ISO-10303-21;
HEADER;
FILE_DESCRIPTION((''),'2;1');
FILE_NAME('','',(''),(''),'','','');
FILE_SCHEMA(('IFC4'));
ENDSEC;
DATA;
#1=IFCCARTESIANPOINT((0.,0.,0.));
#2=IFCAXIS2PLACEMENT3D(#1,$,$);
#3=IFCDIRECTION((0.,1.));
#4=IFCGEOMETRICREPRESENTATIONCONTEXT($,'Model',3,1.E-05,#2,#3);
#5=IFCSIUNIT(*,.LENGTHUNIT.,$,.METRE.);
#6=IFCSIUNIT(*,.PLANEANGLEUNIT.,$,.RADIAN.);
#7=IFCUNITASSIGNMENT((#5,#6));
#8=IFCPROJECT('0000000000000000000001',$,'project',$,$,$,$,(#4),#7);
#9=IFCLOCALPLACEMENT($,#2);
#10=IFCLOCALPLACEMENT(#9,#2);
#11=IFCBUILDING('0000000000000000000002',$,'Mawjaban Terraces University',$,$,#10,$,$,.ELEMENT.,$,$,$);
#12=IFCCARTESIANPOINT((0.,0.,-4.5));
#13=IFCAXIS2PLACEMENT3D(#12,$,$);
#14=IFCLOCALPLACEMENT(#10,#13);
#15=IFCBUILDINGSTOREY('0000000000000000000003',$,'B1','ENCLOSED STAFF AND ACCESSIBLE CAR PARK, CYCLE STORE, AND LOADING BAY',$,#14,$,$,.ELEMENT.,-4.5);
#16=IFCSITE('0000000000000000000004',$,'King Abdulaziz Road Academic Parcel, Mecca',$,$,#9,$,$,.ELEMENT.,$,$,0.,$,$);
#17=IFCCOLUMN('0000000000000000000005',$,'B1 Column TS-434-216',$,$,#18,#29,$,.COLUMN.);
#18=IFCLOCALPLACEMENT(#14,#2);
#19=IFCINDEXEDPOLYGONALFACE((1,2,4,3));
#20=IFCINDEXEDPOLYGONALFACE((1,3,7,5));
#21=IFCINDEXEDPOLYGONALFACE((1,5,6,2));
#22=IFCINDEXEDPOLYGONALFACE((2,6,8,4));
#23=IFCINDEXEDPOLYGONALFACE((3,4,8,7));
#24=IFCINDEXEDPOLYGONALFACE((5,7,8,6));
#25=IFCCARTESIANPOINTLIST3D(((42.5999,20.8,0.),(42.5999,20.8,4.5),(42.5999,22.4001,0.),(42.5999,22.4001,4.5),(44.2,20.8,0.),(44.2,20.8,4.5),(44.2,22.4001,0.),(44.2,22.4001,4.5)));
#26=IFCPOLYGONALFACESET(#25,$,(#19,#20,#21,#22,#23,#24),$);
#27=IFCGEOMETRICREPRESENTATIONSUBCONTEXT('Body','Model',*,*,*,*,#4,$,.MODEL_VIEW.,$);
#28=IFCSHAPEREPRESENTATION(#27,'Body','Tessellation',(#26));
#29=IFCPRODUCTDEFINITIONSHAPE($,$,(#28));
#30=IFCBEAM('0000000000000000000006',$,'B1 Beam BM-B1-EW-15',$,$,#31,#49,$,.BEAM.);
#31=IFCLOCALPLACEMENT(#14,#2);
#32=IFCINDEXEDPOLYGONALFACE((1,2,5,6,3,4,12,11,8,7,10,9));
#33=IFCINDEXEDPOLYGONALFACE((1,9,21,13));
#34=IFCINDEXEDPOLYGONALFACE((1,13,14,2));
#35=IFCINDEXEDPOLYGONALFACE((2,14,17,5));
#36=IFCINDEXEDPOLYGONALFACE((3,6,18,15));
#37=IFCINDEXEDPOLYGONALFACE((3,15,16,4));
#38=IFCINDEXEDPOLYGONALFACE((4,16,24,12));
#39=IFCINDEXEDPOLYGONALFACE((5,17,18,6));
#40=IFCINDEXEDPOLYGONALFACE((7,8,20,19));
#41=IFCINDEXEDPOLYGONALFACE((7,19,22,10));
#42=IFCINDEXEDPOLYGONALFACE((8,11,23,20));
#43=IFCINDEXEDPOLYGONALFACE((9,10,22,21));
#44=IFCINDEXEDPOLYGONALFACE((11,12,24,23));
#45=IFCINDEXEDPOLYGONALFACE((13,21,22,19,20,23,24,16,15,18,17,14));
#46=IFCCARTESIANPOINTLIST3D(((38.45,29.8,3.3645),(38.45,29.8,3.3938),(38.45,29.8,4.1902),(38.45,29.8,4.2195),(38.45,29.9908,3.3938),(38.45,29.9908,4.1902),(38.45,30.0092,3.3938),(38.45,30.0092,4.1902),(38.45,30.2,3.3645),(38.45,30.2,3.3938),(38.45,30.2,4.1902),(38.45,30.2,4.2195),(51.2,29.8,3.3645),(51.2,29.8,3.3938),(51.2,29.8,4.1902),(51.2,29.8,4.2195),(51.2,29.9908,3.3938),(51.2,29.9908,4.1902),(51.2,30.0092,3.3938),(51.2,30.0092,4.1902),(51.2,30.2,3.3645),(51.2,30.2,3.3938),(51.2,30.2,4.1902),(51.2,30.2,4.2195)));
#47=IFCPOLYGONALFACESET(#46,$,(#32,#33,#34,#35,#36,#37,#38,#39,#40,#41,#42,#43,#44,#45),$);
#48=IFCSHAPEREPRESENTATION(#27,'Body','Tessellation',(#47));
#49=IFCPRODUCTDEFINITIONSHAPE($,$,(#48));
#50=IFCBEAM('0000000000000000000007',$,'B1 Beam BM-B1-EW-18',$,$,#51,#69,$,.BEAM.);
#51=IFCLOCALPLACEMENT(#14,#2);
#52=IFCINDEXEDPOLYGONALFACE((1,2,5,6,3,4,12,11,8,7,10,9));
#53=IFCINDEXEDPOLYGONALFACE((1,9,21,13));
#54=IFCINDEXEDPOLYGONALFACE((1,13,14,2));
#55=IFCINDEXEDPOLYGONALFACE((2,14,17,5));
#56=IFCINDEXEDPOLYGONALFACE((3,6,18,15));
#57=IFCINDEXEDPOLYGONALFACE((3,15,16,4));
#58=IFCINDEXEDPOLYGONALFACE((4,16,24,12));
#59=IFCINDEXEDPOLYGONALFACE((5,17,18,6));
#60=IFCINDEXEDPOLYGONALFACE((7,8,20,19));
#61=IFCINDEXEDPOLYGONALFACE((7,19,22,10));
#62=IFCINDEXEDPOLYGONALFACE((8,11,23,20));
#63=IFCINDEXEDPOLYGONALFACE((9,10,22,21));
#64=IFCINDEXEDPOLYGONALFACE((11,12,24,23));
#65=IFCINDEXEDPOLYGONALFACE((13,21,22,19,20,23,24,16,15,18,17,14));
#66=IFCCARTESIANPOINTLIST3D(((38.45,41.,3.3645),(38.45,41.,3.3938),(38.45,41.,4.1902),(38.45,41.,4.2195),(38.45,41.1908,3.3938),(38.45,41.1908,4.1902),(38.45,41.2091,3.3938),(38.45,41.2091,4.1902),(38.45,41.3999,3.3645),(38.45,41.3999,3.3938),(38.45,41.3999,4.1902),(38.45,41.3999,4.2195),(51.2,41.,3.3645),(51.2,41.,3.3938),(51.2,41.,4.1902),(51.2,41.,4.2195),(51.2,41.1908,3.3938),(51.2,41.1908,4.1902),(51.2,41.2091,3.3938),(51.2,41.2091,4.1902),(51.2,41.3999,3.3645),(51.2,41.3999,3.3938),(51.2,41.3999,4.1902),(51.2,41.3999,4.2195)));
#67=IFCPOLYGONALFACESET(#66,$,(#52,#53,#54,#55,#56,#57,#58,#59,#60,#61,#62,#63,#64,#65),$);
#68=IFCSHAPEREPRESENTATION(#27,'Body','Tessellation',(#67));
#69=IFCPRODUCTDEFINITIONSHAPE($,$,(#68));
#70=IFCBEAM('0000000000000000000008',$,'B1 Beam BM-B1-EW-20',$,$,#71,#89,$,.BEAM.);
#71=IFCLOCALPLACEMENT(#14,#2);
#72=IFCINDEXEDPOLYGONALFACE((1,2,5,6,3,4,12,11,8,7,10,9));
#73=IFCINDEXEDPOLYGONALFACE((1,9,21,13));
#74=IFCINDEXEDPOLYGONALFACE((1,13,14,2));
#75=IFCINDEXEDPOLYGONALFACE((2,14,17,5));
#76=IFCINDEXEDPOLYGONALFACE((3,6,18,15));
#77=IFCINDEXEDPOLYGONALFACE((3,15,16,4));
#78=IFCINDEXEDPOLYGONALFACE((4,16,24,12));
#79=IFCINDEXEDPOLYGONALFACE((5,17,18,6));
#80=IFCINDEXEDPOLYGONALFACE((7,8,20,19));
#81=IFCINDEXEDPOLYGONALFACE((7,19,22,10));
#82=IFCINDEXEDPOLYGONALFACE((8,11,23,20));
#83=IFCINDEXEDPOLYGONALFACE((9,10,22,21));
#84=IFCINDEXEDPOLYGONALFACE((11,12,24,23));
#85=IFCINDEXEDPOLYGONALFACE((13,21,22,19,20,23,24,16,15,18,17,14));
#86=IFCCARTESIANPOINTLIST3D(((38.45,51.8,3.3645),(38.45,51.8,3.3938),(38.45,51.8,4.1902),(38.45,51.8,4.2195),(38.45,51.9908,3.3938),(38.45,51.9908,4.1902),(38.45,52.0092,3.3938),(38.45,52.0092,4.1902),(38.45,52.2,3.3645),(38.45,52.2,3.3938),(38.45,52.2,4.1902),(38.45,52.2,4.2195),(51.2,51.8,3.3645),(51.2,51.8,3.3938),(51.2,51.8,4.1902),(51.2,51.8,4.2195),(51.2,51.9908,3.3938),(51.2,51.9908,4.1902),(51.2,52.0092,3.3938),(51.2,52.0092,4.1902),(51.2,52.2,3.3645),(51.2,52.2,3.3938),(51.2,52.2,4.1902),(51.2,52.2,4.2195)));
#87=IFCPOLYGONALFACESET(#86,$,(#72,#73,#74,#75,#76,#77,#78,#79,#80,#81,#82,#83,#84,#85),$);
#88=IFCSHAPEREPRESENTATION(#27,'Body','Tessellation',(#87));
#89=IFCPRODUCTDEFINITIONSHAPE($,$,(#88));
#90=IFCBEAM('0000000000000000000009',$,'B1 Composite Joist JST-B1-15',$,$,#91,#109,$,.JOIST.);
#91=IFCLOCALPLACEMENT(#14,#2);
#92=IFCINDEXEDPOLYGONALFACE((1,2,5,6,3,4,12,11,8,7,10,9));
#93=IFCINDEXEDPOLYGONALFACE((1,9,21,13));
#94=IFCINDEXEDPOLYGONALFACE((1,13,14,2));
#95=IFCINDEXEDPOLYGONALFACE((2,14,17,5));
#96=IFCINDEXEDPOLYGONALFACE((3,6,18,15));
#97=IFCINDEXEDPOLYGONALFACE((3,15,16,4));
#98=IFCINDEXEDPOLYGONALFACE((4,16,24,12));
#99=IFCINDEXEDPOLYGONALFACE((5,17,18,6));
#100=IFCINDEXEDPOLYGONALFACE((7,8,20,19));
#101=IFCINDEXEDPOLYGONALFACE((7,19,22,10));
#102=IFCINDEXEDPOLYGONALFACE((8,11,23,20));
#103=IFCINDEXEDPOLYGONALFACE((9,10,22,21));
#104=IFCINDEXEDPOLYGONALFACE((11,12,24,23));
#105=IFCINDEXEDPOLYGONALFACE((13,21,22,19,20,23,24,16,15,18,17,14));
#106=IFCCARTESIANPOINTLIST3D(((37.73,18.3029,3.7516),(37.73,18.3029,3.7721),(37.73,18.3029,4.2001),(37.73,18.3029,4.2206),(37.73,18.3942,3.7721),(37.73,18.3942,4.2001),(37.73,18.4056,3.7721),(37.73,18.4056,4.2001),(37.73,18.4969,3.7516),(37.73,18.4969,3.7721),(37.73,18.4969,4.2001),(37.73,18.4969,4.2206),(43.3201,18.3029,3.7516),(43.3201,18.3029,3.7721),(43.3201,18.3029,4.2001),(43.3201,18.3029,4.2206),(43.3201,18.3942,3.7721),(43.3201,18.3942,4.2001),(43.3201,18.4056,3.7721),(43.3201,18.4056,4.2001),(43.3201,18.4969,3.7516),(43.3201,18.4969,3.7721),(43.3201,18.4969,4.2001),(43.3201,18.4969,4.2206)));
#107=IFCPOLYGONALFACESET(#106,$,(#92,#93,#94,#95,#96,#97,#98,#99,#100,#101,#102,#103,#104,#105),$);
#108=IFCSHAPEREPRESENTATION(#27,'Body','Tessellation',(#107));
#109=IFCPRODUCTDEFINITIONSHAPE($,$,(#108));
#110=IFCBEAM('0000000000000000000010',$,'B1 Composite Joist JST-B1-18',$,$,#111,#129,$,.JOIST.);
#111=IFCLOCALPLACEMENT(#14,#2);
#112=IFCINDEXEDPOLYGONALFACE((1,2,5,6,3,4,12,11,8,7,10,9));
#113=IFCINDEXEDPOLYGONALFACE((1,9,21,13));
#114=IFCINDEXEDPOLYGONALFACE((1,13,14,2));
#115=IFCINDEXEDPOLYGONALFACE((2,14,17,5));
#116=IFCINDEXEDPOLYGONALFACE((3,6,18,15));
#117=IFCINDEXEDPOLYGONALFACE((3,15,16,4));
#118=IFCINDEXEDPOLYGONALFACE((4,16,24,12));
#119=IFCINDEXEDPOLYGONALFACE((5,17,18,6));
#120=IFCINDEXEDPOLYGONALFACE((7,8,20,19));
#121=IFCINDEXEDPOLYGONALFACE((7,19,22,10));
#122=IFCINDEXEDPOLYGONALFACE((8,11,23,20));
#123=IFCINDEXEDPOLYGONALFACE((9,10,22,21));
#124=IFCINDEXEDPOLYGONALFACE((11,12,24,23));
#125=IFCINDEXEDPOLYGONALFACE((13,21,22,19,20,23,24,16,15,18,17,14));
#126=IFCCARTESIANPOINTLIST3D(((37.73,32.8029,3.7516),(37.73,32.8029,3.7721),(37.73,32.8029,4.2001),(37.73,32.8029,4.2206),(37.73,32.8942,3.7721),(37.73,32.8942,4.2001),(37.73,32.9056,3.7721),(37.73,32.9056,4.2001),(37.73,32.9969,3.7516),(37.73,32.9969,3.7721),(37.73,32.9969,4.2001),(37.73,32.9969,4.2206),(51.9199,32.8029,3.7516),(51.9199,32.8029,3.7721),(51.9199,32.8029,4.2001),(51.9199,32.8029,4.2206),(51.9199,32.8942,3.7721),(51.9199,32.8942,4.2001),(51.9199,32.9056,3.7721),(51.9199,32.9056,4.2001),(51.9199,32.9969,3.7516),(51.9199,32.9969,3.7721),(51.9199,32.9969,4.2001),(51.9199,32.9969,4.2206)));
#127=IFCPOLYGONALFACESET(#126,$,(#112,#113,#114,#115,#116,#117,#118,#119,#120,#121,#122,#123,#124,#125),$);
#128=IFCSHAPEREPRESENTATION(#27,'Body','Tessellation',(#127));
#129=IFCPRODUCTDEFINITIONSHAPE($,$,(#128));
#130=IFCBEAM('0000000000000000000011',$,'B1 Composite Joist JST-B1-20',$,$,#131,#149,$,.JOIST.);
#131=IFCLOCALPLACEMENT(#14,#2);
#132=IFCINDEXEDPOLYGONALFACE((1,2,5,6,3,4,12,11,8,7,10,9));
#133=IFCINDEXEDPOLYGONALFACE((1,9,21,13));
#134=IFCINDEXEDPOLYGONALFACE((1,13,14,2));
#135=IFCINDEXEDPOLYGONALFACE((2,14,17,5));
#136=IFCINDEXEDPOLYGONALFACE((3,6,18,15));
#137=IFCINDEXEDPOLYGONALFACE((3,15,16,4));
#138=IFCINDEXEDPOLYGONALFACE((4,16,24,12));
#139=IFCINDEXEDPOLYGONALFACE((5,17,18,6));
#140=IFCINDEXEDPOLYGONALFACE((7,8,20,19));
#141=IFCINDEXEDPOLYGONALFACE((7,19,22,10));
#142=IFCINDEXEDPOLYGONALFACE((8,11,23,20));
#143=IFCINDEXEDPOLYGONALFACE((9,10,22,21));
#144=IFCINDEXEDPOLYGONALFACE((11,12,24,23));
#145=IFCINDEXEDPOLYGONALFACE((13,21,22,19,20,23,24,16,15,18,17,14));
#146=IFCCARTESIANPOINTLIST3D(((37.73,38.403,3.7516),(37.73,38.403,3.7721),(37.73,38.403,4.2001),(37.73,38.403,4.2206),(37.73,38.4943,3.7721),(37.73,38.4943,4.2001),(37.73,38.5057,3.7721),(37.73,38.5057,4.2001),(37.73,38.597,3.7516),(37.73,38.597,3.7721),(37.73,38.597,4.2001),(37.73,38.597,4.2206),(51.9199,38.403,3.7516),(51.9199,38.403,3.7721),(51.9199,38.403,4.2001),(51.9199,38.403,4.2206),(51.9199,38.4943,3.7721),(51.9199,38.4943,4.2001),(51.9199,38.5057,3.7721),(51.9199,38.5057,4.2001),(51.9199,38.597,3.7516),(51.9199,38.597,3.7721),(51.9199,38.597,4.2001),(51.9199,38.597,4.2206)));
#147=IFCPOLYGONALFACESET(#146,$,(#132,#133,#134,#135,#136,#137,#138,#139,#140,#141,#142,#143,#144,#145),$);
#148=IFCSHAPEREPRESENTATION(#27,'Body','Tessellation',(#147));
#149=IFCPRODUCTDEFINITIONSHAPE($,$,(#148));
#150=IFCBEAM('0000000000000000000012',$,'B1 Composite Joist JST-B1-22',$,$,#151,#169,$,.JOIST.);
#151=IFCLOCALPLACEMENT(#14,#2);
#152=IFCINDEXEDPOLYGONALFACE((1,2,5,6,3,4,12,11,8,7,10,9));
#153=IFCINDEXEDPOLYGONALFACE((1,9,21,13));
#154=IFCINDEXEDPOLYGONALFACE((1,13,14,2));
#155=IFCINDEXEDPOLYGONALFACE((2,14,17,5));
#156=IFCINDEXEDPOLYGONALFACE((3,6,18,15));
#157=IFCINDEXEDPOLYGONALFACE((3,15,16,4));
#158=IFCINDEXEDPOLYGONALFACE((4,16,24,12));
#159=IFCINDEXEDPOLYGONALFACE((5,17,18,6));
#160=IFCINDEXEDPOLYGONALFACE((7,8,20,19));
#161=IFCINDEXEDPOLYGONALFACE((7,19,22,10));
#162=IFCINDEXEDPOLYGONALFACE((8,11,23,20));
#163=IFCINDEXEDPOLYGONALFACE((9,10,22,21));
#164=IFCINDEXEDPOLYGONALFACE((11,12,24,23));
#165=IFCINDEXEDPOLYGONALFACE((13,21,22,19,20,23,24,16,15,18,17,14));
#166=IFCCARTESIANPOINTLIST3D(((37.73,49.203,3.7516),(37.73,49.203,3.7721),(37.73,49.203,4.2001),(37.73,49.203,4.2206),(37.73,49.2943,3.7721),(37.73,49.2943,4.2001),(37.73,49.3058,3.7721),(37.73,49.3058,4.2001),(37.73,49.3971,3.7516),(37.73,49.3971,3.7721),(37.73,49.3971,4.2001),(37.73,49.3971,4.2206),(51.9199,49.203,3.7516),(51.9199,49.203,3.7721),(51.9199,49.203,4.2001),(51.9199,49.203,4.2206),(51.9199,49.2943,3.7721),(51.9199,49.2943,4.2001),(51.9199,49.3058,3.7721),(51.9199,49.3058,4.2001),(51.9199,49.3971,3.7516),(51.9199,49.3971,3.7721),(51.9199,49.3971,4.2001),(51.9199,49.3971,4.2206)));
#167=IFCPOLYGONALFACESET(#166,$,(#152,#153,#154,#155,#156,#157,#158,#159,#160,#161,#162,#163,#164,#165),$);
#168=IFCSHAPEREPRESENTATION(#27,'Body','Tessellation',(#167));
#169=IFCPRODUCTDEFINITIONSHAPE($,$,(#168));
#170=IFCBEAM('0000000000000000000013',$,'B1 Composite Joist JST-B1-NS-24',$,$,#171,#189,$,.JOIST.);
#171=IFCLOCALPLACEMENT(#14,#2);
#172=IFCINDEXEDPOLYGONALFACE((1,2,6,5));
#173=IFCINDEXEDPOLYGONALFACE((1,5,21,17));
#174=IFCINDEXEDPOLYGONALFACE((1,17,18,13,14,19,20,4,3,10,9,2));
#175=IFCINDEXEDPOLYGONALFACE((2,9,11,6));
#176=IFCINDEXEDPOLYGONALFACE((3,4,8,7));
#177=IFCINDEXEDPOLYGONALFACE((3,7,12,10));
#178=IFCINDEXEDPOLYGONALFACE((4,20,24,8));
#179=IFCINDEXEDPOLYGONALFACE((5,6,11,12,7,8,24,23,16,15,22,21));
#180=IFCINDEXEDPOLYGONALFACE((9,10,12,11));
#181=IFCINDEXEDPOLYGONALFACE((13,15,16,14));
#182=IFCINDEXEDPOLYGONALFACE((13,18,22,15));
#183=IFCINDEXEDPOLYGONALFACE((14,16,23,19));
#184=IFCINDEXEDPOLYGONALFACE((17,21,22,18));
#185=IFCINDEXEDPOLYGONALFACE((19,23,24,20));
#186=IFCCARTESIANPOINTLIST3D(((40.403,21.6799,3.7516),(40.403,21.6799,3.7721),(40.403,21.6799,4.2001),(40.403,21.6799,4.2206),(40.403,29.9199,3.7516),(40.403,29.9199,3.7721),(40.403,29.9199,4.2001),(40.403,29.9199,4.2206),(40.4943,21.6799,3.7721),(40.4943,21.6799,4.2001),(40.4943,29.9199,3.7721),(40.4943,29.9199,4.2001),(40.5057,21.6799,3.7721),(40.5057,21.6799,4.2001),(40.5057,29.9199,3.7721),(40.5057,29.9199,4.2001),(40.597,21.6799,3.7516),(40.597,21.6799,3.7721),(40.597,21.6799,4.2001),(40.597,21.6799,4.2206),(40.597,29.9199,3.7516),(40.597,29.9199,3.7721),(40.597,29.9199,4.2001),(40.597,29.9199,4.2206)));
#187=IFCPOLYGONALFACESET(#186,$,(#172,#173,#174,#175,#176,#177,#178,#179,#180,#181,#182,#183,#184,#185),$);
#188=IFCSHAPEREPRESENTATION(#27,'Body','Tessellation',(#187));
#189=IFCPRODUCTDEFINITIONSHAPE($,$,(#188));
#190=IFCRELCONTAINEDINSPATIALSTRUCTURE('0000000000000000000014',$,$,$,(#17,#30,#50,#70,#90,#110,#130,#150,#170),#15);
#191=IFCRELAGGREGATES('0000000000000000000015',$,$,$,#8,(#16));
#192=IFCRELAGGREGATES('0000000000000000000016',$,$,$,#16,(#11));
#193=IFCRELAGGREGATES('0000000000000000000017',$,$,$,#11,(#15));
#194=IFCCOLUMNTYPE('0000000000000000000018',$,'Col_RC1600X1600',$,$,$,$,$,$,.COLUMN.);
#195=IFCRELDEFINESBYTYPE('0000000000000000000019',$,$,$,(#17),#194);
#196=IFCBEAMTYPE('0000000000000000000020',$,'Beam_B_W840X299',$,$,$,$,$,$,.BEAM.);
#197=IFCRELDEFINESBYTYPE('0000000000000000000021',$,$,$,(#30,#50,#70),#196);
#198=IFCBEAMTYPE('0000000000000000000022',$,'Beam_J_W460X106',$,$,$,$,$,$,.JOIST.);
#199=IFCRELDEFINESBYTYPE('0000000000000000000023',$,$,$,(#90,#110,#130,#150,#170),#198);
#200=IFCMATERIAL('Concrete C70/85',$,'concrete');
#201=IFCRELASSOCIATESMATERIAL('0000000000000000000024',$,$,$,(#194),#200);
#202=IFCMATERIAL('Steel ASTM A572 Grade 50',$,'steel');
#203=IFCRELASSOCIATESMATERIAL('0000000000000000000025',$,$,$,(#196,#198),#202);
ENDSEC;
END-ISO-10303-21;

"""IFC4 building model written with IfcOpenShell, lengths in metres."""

from ifc_helpers import new_model, si_unit, direction, frame, origin, origin_2d, place, context, subcontext, project, spatial, rectangle, i_section, extrude, material, material_profile, profile_set, type_object, element, save


model = new_model("IFC4")

# Units and contexts
model_context = context("Model", 3, precision=1e-05, world=origin(), true_north=direction((0.0, 1.0)))
body_context = subcontext(model_context, "Body", "Model", "MODEL_VIEW")
ifc_project = project(units=[si_unit("LENGTHUNIT", "METRE"), si_unit("PLANEANGLEUNIT", "RADIAN")], contexts=[model_context])

# Site, building, storey
site_placement = place(None, origin())
site = spatial("IfcSite", under=ifc_project, at=site_placement, Name="King Abdulaziz Road Academic Parcel, Mecca", CompositionType="ELEMENT", RefElevation=0.0)
building_placement = place(site_placement, origin())
building = spatial("IfcBuilding", under=site, at=building_placement, Name="Mawjaban Terraces University", CompositionType="ELEMENT")
storey_placement = place(building_placement, frame((0.0, 0.0, -4.5)))
storey = spatial("IfcBuildingStorey", under=building, at=storey_placement, Name="B1", Description="ENCLOSED STAFF AND ACCESSIBLE CAR PARK, CYCLE STORE, AND LOADING BAY", CompositionType="ELEMENT", Elevation=-4.5)

# Column
ifc_material_1 = material(Name="Concrete C70/85", Category="concrete")
ifc_material_profile_1 = material_profile(ifc_material_1, rectangle(XDim=1.6001, YDim=1.6001, at=origin_2d()), Name="RC1600X1600")
ifc_profile_set_1 = profile_set([ifc_material_profile_1], Name="Concrete C70/85")
column_type = type_object("IfcColumnType", Name="Col_RC1600X1600", PredefinedType="COLUMN", material=ifc_profile_set_1)
column_placement = place(storey_placement, frame((43.3999, 21.6001, 0.0), z_axis=(0.0, 0.0, 1.0), x_axis=(1.0, 0.0, 0.0)))
element("IfcColumn", 1, at=column_placement, inside=storey, type_object=column_type, Name="B1 Column TS-434-216", PredefinedType="COLUMN", context=body_context, shape_type="SweptSolid", body=[
    extrude(rectangle(XDim=1.6001, YDim=1.6001, at=origin_2d()), origin(), (0.0, 0.0, 1.0), 4.5),
])

# Beams
ifc_material_2 = material(Name="Steel ASTM A572 Grade 50", Category="steel")
ifc_material_profile_2 = material_profile(ifc_material_2, i_section(OverallWidth=0.3999, OverallDepth=0.855, WebThickness=0.0183, FlangeThickness=0.0293, at=origin_2d()), Name="W840X299")
ifc_profile_set_2 = profile_set([ifc_material_profile_2], Name="Steel ASTM A572 Grade 50")
beam_type_1 = type_object("IfcBeamType", Name="Beam_B_W840X299", PredefinedType="BEAM", material=ifc_profile_set_2)
for number, where, z_axis, x_axis, name in (
    (2, (38.45, 30.0, 3.792), (1.0, 0.0, 0.0), (0.0, 1.0, 0.0), "B1 Beam BM-B1-EW-15"),
    (3, (38.45, 41.2, 3.792), (1.0, 0.0, 0.0), (0.0, 1.0, 0.0), "B1 Beam BM-B1-EW-18"),
    (4, (38.45, 52.0, 3.792), (1.0, 0.0, 0.0), (0.0, 1.0, 0.0), "B1 Beam BM-B1-EW-20"),
):
    element("IfcBeam", number, at=place(storey_placement, frame(where, z_axis=z_axis, x_axis=x_axis)), inside=storey, type_object=beam_type_1, Name=name, PredefinedType="BEAM", context=body_context, shape_type="SweptSolid", body=[
        extrude(i_section(OverallWidth=0.3999, OverallDepth=0.855, WebThickness=0.0183, FlangeThickness=0.0293, at=origin_2d()), origin(), (0.0, 0.0, 1.0), 12.75),
    ])
ifc_material_profile_3 = material_profile(ifc_material_2, i_section(OverallWidth=0.1941, OverallDepth=0.469, WebThickness=0.0115, FlangeThickness=0.0205, at=origin_2d()), Name="W460X106")
ifc_profile_set_3 = profile_set([ifc_material_profile_3], Name="Steel ASTM A572 Grade 50")
beam_type_2 = type_object("IfcBeamType", Name="Beam_J_W460X106", PredefinedType="JOIST", material=ifc_profile_set_3)
beam_1_placement = place(storey_placement, frame((37.73, 18.3999, 3.9861), z_axis=(1.0, 0.0, 0.0), x_axis=(0.0, 1.0, 0.0)))
element("IfcBeam", 5, at=beam_1_placement, inside=storey, type_object=beam_type_2, Name="B1 Composite Joist JST-B1-15", PredefinedType="JOIST", context=body_context, shape_type="SweptSolid", body=[
    extrude(i_section(OverallWidth=0.1941, OverallDepth=0.469, WebThickness=0.0115, FlangeThickness=0.0205, at=origin_2d()), origin(), (0.0, 0.0, 1.0), 5.5901),
])
for number, where, z_axis, x_axis, name in (
    (6, (37.73, 32.8999, 3.9861), (1.0, 0.0, 0.0), (0.0, 1.0, 0.0), "B1 Composite Joist JST-B1-18"),
    (7, (37.73, 38.5, 3.9861), (1.0, 0.0, 0.0), (0.0, 1.0, 0.0), "B1 Composite Joist JST-B1-20"),
    (8, (37.73, 49.3, 3.9861), (1.0, 0.0, 0.0), (0.0, 1.0, 0.0), "B1 Composite Joist JST-B1-22"),
):
    element("IfcBeam", number, at=place(storey_placement, frame(where, z_axis=z_axis, x_axis=x_axis)), inside=storey, type_object=beam_type_2, Name=name, PredefinedType="JOIST", context=body_context, shape_type="SweptSolid", body=[
        extrude(i_section(OverallWidth=0.1941, OverallDepth=0.469, WebThickness=0.0115, FlangeThickness=0.0205, at=origin_2d()), origin(), (0.0, 0.0, 1.0), 14.1899),
    ])
beam_2_placement = place(storey_placement, frame((40.5, 21.6799, 3.9861), z_axis=(0.0, 1.0, 0.0), x_axis=(-1.0, 0.0, 0.0)))
element("IfcBeam", 9, at=beam_2_placement, inside=storey, type_object=beam_type_2, Name="B1 Composite Joist JST-B1-NS-24", PredefinedType="JOIST", context=body_context, shape_type="SweptSolid", body=[
    extrude(i_section(OverallWidth=0.1941, OverallDepth=0.469, WebThickness=0.0115, FlangeThickness=0.0205, at=origin_2d()), origin(), (0.0, 0.0, 1.0), 8.24),
])

save(model, "model.ifc")
